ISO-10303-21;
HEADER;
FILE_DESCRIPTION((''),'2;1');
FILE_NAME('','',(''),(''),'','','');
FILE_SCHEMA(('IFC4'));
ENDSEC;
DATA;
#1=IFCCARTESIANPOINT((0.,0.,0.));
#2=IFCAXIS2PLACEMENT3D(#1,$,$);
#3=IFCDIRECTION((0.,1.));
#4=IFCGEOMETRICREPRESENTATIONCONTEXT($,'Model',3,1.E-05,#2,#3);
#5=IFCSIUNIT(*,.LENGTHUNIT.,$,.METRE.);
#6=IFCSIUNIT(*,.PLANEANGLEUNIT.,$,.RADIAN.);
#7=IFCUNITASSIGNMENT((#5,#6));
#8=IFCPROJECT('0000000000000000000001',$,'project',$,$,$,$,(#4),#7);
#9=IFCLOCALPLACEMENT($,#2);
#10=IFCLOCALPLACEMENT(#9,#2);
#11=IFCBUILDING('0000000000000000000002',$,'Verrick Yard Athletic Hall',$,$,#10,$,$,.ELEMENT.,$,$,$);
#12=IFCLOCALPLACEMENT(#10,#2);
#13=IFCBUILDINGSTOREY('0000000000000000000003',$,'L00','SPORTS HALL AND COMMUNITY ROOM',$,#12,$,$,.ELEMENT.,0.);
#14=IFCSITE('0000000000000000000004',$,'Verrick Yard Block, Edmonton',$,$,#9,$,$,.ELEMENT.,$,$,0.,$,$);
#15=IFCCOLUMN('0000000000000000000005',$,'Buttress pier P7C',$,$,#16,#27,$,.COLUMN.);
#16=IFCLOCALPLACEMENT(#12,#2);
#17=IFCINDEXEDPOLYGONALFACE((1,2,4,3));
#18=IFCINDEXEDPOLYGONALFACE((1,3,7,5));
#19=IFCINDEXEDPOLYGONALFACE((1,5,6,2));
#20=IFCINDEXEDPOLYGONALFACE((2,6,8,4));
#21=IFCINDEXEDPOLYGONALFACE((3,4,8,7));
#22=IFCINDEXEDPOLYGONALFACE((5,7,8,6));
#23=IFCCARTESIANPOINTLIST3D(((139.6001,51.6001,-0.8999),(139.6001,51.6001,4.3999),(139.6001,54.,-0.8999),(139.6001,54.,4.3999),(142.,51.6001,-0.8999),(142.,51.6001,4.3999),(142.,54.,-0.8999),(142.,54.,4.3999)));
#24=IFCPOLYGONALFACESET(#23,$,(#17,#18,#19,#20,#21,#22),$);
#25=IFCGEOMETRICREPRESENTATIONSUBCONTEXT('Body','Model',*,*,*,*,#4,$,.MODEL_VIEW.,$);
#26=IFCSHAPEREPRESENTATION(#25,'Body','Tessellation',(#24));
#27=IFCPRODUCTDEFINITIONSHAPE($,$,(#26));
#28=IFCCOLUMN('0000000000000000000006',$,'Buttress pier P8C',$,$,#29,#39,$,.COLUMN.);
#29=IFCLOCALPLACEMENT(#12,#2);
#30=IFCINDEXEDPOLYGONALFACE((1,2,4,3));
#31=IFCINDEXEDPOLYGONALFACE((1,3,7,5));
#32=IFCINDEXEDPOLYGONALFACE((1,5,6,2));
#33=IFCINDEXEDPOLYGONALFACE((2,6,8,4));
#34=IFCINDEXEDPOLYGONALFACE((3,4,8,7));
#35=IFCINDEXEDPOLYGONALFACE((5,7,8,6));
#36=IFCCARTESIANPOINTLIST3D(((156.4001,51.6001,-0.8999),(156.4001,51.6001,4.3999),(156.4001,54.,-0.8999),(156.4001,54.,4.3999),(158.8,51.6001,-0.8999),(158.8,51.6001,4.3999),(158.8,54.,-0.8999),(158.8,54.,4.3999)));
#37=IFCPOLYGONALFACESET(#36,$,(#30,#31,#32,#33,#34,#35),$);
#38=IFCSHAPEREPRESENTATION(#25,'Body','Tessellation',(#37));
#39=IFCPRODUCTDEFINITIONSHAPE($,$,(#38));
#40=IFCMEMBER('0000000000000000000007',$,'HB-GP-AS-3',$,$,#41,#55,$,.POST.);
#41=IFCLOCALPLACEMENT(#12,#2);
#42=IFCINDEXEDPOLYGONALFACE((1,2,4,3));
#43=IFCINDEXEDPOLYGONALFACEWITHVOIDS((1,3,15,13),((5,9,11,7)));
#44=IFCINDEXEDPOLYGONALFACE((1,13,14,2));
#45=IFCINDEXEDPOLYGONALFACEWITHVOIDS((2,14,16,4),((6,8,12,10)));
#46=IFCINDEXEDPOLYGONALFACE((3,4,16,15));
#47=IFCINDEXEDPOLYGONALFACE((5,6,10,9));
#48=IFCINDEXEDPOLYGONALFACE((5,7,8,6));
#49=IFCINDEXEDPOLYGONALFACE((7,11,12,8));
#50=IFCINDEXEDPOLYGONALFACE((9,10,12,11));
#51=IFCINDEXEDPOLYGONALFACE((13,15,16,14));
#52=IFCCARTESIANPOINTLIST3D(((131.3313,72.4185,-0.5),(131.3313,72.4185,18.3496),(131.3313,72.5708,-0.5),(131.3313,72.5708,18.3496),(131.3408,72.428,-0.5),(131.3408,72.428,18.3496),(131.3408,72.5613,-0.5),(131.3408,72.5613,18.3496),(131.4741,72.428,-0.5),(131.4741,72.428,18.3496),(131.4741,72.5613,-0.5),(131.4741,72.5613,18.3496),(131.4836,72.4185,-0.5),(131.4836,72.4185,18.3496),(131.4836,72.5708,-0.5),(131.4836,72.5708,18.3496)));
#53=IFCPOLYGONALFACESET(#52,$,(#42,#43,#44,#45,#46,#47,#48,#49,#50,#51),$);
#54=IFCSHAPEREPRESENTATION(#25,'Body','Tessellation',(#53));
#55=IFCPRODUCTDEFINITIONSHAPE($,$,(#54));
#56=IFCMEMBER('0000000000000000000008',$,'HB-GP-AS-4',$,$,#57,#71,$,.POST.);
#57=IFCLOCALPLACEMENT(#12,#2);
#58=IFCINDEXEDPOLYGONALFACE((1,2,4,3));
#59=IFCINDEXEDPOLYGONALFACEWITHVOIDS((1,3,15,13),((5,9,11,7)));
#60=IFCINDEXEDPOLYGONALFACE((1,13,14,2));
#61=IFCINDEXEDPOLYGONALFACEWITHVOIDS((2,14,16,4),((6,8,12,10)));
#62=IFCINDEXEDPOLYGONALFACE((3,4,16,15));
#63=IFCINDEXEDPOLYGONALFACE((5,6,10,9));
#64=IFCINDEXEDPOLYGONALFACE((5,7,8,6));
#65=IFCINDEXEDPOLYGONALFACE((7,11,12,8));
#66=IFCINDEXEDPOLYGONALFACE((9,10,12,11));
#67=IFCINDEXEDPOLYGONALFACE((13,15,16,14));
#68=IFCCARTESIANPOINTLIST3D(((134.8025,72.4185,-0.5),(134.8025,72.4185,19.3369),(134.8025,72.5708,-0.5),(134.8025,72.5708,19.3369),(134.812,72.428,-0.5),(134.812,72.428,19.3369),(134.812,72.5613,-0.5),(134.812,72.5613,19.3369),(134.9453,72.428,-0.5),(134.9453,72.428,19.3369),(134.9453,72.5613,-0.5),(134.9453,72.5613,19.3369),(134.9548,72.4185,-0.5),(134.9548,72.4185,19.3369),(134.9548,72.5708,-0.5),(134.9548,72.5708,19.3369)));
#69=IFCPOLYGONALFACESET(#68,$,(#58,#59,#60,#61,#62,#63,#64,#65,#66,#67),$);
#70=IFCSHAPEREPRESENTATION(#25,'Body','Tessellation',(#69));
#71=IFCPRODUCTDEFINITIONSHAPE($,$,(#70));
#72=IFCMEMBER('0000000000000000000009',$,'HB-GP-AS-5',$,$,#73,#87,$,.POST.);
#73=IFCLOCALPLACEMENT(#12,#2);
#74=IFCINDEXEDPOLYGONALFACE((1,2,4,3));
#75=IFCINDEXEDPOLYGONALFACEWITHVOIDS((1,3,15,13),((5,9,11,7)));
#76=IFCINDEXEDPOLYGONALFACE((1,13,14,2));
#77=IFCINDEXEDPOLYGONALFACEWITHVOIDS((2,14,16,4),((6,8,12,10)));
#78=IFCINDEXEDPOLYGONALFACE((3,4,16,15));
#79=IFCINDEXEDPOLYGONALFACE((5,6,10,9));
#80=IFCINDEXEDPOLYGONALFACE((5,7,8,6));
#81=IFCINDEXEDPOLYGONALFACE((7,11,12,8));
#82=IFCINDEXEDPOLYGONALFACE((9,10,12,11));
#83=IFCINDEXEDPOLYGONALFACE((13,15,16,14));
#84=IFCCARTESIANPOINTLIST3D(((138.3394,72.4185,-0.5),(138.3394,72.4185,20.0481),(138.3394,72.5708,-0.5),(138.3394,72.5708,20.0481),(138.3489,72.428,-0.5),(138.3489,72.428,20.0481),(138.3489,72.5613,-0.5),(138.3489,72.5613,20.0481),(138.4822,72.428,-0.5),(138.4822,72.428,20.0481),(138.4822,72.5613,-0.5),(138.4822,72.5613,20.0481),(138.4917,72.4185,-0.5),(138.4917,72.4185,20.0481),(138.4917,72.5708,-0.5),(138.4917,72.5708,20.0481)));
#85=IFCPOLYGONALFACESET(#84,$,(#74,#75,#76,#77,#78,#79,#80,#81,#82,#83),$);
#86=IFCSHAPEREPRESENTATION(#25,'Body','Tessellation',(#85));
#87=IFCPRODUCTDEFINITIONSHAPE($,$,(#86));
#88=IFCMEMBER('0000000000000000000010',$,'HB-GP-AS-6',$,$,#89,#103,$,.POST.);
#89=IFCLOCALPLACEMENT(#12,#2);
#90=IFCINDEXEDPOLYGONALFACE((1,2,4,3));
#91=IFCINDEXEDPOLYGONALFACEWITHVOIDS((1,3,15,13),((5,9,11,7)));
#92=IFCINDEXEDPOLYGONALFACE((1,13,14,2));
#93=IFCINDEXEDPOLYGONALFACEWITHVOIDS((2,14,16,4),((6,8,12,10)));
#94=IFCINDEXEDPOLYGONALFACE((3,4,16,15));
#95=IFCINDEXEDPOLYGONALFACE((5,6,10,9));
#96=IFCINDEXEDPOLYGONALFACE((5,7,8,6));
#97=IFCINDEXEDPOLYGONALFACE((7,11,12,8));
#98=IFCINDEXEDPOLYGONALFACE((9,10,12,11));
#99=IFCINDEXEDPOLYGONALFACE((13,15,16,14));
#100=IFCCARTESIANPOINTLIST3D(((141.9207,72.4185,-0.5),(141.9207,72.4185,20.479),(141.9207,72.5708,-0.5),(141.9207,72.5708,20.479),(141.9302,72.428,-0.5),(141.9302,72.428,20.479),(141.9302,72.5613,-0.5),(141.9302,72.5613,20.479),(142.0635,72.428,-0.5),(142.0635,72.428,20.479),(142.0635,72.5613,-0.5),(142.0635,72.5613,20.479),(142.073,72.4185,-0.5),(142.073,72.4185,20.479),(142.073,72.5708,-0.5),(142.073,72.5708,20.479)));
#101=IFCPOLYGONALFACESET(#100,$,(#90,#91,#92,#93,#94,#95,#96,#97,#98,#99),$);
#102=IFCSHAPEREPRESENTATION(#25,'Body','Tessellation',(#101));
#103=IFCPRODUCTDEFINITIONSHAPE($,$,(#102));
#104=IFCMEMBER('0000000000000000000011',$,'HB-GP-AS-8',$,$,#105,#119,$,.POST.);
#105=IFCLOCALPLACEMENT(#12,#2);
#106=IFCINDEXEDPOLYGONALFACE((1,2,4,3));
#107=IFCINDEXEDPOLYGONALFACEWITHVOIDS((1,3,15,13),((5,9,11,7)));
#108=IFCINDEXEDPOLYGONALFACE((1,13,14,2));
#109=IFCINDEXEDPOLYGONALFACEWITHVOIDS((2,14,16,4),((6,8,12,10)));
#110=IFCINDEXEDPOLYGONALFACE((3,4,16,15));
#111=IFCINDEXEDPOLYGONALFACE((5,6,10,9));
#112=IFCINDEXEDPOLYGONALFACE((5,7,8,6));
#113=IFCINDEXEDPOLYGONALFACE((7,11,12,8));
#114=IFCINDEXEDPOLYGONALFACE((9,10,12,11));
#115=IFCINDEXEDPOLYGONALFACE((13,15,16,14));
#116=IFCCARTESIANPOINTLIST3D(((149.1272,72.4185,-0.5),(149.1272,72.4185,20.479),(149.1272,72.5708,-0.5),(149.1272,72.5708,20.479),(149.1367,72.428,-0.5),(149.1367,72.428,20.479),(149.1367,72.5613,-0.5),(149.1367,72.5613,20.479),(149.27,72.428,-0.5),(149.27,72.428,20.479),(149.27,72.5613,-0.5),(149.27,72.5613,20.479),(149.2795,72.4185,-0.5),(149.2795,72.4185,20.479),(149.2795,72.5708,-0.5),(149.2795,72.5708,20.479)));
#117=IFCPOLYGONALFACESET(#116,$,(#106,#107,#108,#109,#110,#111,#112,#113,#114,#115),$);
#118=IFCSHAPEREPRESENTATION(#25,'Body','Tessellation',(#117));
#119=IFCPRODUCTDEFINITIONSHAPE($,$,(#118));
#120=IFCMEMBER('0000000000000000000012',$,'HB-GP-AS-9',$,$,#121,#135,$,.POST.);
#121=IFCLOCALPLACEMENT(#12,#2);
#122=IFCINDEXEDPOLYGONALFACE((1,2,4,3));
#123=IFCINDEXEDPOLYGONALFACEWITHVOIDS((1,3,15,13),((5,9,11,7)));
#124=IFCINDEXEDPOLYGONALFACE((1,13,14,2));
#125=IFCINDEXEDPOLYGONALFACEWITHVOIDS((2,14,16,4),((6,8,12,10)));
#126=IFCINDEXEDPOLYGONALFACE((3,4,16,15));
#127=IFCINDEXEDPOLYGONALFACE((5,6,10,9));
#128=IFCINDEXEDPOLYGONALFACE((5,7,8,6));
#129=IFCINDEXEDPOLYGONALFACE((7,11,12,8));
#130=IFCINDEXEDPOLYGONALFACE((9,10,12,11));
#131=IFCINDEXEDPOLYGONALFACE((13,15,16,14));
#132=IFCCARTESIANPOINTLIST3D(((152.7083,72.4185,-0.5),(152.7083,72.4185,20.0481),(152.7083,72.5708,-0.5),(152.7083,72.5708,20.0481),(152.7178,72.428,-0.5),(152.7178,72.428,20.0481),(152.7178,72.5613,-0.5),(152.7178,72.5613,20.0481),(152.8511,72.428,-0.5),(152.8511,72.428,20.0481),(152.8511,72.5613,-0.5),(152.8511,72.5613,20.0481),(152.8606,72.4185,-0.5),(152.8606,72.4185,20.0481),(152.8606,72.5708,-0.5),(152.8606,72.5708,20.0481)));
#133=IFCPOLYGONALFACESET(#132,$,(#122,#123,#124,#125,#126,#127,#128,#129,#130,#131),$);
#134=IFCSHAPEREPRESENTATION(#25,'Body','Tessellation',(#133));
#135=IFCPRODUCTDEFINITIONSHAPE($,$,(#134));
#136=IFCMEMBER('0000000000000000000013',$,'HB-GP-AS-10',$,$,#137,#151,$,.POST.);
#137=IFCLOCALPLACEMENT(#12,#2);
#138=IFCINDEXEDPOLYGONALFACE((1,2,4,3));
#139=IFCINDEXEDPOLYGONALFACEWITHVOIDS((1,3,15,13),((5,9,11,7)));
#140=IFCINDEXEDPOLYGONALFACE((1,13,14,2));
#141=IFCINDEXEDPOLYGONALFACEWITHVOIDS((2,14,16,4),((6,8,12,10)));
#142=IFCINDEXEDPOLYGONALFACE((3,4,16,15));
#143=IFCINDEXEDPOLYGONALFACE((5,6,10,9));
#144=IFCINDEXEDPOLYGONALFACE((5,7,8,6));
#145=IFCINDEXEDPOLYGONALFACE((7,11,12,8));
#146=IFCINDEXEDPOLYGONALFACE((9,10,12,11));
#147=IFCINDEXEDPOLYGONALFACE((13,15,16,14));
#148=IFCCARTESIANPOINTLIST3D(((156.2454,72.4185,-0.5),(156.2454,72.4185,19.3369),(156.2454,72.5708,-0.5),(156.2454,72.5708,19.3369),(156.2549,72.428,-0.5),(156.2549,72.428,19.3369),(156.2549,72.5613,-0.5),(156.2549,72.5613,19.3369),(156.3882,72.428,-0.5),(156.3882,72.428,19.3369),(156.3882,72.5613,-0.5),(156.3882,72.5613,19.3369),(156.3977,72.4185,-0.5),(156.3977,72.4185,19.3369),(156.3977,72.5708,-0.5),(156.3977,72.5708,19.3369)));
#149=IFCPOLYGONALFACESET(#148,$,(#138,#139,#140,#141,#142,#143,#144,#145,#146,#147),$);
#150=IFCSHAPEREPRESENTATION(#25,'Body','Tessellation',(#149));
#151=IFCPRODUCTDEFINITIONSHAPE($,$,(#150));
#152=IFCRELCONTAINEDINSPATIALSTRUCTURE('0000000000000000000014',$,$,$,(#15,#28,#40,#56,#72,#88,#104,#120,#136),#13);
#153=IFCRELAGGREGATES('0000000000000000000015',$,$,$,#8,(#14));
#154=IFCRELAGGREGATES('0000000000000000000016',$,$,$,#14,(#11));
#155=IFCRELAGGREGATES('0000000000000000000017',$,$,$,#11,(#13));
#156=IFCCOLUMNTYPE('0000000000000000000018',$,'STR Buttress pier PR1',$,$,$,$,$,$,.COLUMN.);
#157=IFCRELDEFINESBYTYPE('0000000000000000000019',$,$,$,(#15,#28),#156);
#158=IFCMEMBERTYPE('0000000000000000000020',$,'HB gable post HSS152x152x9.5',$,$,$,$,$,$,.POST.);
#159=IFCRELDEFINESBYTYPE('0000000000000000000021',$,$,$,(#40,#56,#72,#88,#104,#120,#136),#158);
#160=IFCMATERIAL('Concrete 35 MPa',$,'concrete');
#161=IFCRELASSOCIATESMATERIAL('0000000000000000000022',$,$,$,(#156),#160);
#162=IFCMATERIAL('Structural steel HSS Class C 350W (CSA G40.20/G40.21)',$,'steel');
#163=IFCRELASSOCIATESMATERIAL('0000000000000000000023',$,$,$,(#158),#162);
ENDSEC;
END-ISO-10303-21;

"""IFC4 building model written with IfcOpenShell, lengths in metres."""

from ifc_helpers import new_model, si_unit, direction, frame, origin, origin_2d, place, context, subcontext, project, spatial, rectangle, hollow_rectangle, extrude, material, material_profile, profile_set, type_object, element, save


model = new_model("IFC4")

# Units and contexts
model_context = context("Model", 3, precision=1e-05, world=origin(), true_north=direction((0.0, 1.0)))
body_context = subcontext(model_context, "Body", "Model", "MODEL_VIEW")
ifc_project = project(units=[si_unit("LENGTHUNIT", "METRE"), si_unit("PLANEANGLEUNIT", "RADIAN")], contexts=[model_context])

# Site, building, storey
site_placement = place(None, origin())
site = spatial("IfcSite", under=ifc_project, at=site_placement, Name="Verrick Yard Block, Edmonton", CompositionType="ELEMENT", RefElevation=0.0)
building_placement = place(site_placement, origin())
building = spatial("IfcBuilding", under=site, at=building_placement, Name="Verrick Yard Athletic Hall", CompositionType="ELEMENT")
storey_placement = place(building_placement, origin())
storey = spatial("IfcBuildingStorey", under=building, at=storey_placement, Name="L00", Description="SPORTS HALL AND COMMUNITY ROOM", CompositionType="ELEMENT", Elevation=0.0)

# Shared definitions
ifc_material_1 = material(Name="Concrete 35 MPa", Category="concrete")

# Columns
ifc_material_profile_1 = material_profile(ifc_material_1, rectangle(XDim=2.3999, YDim=2.3999, at=origin_2d()), Name="STR Buttress pier PR1")
ifc_profile_set_1 = profile_set([ifc_material_profile_1], Name="Concrete 35 MPa")
column_type = type_object("IfcColumnType", Name="STR Buttress pier PR1", PredefinedType="COLUMN", material=ifc_profile_set_1)
for number, where, z_axis, x_axis, name in (
    (1, (140.8, 52.8, -0.8999), (0.0, 0.0, 1.0), (1.0, 0.0, 0.0), "Buttress pier P7C"),
    (2, (157.6001, 52.8, -0.8999), (0.0, 0.0, 1.0), (1.0, 0.0, 0.0), "Buttress pier P8C"),
):
    element("IfcColumn", number, at=place(storey_placement, frame(where, z_axis=z_axis, x_axis=x_axis)), inside=storey, type_object=column_type, Name=name, PredefinedType="COLUMN", context=body_context, shape_type="SweptSolid", body=[
        extrude(rectangle(XDim=2.3999, YDim=2.3999, at=origin_2d()), origin(), (0.0, 0.0, 1.0), 5.2998),
    ])

# Members
ifc_material_2 = material(Name="Structural steel HSS Class C 350W (CSA G40.20/G40.21)", Category="steel")
ifc_material_profile_2 = material_profile(ifc_material_2, hollow_rectangle(XDim=0.1523, YDim=0.1523, WallThickness=0.0095, at=origin_2d()), Name="HSS152x152x9.5")
ifc_profile_set_2 = profile_set([ifc_material_profile_2], Name="Structural steel HSS Class C 350W (CSA G40.20/G40.21)")
member_type = type_object("IfcMemberType", Name="HB gable post HSS152x152x9.5", PredefinedType="POST", material=ifc_profile_set_2)
member_1_placement = place(storey_placement, frame((131.4075, 72.4946, -0.5), z_axis=(0.0, 0.0, 1.0), x_axis=(1.0, 0.0, 0.0)))
element("IfcMember", 3, at=member_1_placement, inside=storey, type_object=member_type, Name="HB-GP-AS-3", PredefinedType="POST", context=body_context, shape_type="SweptSolid", body=[
    extrude(hollow_rectangle(XDim=0.1523, YDim=0.1523, WallThickness=0.0095, at=origin_2d()), origin(), (0.0, 0.0, 1.0), 18.8496),
])
member_2_placement = place(storey_placement, frame((134.8787, 72.4946, -0.5), z_axis=(0.0, 0.0, 1.0), x_axis=(1.0, 0.0, 0.0)))
element("IfcMember", 4, at=member_2_placement, inside=storey, type_object=member_type, Name="HB-GP-AS-4", PredefinedType="POST", context=body_context, shape_type="SweptSolid", body=[
    extrude(hollow_rectangle(XDim=0.1523, YDim=0.1523, WallThickness=0.0095, at=origin_2d()), origin(), (0.0, 0.0, 1.0), 19.8369),
])
member_3_placement = place(storey_placement, frame((138.4155, 72.4946, -0.5), z_axis=(0.0, 0.0, 1.0), x_axis=(1.0, 0.0, 0.0)))
element("IfcMember", 5, at=member_3_placement, inside=storey, type_object=member_type, Name="HB-GP-AS-5", PredefinedType="POST", context=body_context, shape_type="SweptSolid", body=[
    extrude(hollow_rectangle(XDim=0.1523, YDim=0.1523, WallThickness=0.0095, at=origin_2d()), origin(), (0.0, 0.0, 1.0), 20.5481),
])
for number, where, z_axis, x_axis, name in (
    (6, (141.9968, 72.4946, -0.5), (0.0, 0.0, 1.0), (1.0, 0.0, 0.0), "HB-GP-AS-6"),
    (7, (149.2034, 72.4946, -0.5), (0.0, 0.0, 1.0), (1.0, 0.0, 0.0), "HB-GP-AS-8"),
):
    element("IfcMember", number, at=place(storey_placement, frame(where, z_axis=z_axis, x_axis=x_axis)), inside=storey, type_object=member_type, Name=name, PredefinedType="POST", context=body_context, shape_type="SweptSolid", body=[
        extrude(hollow_rectangle(XDim=0.1523, YDim=0.1523, WallThickness=0.0095, at=origin_2d()), origin(), (0.0, 0.0, 1.0), 20.979),
    ])
member_4_placement = place(storey_placement, frame((152.7844, 72.4946, -0.5), z_axis=(0.0, 0.0, 1.0), x_axis=(1.0, 0.0, 0.0)))
element("IfcMember", 8, at=member_4_placement, inside=storey, type_object=member_type, Name="HB-GP-AS-9", PredefinedType="POST", context=body_context, shape_type="SweptSolid", body=[
    extrude(hollow_rectangle(XDim=0.1523, YDim=0.1523, WallThickness=0.0095, at=origin_2d()), origin(), (0.0, 0.0, 1.0), 20.5481),
])
member_5_placement = place(storey_placement, frame((156.3215, 72.4946, -0.5), z_axis=(0.0, 0.0, 1.0), x_axis=(1.0, 0.0, 0.0)))
element("IfcMember", 9, at=member_5_placement, inside=storey, type_object=member_type, Name="HB-GP-AS-10", PredefinedType="POST", context=body_context, shape_type="SweptSolid", body=[
    extrude(hollow_rectangle(XDim=0.1523, YDim=0.1523, WallThickness=0.0095, at=origin_2d()), origin(), (0.0, 0.0, 1.0), 19.8369),
])

save(model, "model.ifc")
